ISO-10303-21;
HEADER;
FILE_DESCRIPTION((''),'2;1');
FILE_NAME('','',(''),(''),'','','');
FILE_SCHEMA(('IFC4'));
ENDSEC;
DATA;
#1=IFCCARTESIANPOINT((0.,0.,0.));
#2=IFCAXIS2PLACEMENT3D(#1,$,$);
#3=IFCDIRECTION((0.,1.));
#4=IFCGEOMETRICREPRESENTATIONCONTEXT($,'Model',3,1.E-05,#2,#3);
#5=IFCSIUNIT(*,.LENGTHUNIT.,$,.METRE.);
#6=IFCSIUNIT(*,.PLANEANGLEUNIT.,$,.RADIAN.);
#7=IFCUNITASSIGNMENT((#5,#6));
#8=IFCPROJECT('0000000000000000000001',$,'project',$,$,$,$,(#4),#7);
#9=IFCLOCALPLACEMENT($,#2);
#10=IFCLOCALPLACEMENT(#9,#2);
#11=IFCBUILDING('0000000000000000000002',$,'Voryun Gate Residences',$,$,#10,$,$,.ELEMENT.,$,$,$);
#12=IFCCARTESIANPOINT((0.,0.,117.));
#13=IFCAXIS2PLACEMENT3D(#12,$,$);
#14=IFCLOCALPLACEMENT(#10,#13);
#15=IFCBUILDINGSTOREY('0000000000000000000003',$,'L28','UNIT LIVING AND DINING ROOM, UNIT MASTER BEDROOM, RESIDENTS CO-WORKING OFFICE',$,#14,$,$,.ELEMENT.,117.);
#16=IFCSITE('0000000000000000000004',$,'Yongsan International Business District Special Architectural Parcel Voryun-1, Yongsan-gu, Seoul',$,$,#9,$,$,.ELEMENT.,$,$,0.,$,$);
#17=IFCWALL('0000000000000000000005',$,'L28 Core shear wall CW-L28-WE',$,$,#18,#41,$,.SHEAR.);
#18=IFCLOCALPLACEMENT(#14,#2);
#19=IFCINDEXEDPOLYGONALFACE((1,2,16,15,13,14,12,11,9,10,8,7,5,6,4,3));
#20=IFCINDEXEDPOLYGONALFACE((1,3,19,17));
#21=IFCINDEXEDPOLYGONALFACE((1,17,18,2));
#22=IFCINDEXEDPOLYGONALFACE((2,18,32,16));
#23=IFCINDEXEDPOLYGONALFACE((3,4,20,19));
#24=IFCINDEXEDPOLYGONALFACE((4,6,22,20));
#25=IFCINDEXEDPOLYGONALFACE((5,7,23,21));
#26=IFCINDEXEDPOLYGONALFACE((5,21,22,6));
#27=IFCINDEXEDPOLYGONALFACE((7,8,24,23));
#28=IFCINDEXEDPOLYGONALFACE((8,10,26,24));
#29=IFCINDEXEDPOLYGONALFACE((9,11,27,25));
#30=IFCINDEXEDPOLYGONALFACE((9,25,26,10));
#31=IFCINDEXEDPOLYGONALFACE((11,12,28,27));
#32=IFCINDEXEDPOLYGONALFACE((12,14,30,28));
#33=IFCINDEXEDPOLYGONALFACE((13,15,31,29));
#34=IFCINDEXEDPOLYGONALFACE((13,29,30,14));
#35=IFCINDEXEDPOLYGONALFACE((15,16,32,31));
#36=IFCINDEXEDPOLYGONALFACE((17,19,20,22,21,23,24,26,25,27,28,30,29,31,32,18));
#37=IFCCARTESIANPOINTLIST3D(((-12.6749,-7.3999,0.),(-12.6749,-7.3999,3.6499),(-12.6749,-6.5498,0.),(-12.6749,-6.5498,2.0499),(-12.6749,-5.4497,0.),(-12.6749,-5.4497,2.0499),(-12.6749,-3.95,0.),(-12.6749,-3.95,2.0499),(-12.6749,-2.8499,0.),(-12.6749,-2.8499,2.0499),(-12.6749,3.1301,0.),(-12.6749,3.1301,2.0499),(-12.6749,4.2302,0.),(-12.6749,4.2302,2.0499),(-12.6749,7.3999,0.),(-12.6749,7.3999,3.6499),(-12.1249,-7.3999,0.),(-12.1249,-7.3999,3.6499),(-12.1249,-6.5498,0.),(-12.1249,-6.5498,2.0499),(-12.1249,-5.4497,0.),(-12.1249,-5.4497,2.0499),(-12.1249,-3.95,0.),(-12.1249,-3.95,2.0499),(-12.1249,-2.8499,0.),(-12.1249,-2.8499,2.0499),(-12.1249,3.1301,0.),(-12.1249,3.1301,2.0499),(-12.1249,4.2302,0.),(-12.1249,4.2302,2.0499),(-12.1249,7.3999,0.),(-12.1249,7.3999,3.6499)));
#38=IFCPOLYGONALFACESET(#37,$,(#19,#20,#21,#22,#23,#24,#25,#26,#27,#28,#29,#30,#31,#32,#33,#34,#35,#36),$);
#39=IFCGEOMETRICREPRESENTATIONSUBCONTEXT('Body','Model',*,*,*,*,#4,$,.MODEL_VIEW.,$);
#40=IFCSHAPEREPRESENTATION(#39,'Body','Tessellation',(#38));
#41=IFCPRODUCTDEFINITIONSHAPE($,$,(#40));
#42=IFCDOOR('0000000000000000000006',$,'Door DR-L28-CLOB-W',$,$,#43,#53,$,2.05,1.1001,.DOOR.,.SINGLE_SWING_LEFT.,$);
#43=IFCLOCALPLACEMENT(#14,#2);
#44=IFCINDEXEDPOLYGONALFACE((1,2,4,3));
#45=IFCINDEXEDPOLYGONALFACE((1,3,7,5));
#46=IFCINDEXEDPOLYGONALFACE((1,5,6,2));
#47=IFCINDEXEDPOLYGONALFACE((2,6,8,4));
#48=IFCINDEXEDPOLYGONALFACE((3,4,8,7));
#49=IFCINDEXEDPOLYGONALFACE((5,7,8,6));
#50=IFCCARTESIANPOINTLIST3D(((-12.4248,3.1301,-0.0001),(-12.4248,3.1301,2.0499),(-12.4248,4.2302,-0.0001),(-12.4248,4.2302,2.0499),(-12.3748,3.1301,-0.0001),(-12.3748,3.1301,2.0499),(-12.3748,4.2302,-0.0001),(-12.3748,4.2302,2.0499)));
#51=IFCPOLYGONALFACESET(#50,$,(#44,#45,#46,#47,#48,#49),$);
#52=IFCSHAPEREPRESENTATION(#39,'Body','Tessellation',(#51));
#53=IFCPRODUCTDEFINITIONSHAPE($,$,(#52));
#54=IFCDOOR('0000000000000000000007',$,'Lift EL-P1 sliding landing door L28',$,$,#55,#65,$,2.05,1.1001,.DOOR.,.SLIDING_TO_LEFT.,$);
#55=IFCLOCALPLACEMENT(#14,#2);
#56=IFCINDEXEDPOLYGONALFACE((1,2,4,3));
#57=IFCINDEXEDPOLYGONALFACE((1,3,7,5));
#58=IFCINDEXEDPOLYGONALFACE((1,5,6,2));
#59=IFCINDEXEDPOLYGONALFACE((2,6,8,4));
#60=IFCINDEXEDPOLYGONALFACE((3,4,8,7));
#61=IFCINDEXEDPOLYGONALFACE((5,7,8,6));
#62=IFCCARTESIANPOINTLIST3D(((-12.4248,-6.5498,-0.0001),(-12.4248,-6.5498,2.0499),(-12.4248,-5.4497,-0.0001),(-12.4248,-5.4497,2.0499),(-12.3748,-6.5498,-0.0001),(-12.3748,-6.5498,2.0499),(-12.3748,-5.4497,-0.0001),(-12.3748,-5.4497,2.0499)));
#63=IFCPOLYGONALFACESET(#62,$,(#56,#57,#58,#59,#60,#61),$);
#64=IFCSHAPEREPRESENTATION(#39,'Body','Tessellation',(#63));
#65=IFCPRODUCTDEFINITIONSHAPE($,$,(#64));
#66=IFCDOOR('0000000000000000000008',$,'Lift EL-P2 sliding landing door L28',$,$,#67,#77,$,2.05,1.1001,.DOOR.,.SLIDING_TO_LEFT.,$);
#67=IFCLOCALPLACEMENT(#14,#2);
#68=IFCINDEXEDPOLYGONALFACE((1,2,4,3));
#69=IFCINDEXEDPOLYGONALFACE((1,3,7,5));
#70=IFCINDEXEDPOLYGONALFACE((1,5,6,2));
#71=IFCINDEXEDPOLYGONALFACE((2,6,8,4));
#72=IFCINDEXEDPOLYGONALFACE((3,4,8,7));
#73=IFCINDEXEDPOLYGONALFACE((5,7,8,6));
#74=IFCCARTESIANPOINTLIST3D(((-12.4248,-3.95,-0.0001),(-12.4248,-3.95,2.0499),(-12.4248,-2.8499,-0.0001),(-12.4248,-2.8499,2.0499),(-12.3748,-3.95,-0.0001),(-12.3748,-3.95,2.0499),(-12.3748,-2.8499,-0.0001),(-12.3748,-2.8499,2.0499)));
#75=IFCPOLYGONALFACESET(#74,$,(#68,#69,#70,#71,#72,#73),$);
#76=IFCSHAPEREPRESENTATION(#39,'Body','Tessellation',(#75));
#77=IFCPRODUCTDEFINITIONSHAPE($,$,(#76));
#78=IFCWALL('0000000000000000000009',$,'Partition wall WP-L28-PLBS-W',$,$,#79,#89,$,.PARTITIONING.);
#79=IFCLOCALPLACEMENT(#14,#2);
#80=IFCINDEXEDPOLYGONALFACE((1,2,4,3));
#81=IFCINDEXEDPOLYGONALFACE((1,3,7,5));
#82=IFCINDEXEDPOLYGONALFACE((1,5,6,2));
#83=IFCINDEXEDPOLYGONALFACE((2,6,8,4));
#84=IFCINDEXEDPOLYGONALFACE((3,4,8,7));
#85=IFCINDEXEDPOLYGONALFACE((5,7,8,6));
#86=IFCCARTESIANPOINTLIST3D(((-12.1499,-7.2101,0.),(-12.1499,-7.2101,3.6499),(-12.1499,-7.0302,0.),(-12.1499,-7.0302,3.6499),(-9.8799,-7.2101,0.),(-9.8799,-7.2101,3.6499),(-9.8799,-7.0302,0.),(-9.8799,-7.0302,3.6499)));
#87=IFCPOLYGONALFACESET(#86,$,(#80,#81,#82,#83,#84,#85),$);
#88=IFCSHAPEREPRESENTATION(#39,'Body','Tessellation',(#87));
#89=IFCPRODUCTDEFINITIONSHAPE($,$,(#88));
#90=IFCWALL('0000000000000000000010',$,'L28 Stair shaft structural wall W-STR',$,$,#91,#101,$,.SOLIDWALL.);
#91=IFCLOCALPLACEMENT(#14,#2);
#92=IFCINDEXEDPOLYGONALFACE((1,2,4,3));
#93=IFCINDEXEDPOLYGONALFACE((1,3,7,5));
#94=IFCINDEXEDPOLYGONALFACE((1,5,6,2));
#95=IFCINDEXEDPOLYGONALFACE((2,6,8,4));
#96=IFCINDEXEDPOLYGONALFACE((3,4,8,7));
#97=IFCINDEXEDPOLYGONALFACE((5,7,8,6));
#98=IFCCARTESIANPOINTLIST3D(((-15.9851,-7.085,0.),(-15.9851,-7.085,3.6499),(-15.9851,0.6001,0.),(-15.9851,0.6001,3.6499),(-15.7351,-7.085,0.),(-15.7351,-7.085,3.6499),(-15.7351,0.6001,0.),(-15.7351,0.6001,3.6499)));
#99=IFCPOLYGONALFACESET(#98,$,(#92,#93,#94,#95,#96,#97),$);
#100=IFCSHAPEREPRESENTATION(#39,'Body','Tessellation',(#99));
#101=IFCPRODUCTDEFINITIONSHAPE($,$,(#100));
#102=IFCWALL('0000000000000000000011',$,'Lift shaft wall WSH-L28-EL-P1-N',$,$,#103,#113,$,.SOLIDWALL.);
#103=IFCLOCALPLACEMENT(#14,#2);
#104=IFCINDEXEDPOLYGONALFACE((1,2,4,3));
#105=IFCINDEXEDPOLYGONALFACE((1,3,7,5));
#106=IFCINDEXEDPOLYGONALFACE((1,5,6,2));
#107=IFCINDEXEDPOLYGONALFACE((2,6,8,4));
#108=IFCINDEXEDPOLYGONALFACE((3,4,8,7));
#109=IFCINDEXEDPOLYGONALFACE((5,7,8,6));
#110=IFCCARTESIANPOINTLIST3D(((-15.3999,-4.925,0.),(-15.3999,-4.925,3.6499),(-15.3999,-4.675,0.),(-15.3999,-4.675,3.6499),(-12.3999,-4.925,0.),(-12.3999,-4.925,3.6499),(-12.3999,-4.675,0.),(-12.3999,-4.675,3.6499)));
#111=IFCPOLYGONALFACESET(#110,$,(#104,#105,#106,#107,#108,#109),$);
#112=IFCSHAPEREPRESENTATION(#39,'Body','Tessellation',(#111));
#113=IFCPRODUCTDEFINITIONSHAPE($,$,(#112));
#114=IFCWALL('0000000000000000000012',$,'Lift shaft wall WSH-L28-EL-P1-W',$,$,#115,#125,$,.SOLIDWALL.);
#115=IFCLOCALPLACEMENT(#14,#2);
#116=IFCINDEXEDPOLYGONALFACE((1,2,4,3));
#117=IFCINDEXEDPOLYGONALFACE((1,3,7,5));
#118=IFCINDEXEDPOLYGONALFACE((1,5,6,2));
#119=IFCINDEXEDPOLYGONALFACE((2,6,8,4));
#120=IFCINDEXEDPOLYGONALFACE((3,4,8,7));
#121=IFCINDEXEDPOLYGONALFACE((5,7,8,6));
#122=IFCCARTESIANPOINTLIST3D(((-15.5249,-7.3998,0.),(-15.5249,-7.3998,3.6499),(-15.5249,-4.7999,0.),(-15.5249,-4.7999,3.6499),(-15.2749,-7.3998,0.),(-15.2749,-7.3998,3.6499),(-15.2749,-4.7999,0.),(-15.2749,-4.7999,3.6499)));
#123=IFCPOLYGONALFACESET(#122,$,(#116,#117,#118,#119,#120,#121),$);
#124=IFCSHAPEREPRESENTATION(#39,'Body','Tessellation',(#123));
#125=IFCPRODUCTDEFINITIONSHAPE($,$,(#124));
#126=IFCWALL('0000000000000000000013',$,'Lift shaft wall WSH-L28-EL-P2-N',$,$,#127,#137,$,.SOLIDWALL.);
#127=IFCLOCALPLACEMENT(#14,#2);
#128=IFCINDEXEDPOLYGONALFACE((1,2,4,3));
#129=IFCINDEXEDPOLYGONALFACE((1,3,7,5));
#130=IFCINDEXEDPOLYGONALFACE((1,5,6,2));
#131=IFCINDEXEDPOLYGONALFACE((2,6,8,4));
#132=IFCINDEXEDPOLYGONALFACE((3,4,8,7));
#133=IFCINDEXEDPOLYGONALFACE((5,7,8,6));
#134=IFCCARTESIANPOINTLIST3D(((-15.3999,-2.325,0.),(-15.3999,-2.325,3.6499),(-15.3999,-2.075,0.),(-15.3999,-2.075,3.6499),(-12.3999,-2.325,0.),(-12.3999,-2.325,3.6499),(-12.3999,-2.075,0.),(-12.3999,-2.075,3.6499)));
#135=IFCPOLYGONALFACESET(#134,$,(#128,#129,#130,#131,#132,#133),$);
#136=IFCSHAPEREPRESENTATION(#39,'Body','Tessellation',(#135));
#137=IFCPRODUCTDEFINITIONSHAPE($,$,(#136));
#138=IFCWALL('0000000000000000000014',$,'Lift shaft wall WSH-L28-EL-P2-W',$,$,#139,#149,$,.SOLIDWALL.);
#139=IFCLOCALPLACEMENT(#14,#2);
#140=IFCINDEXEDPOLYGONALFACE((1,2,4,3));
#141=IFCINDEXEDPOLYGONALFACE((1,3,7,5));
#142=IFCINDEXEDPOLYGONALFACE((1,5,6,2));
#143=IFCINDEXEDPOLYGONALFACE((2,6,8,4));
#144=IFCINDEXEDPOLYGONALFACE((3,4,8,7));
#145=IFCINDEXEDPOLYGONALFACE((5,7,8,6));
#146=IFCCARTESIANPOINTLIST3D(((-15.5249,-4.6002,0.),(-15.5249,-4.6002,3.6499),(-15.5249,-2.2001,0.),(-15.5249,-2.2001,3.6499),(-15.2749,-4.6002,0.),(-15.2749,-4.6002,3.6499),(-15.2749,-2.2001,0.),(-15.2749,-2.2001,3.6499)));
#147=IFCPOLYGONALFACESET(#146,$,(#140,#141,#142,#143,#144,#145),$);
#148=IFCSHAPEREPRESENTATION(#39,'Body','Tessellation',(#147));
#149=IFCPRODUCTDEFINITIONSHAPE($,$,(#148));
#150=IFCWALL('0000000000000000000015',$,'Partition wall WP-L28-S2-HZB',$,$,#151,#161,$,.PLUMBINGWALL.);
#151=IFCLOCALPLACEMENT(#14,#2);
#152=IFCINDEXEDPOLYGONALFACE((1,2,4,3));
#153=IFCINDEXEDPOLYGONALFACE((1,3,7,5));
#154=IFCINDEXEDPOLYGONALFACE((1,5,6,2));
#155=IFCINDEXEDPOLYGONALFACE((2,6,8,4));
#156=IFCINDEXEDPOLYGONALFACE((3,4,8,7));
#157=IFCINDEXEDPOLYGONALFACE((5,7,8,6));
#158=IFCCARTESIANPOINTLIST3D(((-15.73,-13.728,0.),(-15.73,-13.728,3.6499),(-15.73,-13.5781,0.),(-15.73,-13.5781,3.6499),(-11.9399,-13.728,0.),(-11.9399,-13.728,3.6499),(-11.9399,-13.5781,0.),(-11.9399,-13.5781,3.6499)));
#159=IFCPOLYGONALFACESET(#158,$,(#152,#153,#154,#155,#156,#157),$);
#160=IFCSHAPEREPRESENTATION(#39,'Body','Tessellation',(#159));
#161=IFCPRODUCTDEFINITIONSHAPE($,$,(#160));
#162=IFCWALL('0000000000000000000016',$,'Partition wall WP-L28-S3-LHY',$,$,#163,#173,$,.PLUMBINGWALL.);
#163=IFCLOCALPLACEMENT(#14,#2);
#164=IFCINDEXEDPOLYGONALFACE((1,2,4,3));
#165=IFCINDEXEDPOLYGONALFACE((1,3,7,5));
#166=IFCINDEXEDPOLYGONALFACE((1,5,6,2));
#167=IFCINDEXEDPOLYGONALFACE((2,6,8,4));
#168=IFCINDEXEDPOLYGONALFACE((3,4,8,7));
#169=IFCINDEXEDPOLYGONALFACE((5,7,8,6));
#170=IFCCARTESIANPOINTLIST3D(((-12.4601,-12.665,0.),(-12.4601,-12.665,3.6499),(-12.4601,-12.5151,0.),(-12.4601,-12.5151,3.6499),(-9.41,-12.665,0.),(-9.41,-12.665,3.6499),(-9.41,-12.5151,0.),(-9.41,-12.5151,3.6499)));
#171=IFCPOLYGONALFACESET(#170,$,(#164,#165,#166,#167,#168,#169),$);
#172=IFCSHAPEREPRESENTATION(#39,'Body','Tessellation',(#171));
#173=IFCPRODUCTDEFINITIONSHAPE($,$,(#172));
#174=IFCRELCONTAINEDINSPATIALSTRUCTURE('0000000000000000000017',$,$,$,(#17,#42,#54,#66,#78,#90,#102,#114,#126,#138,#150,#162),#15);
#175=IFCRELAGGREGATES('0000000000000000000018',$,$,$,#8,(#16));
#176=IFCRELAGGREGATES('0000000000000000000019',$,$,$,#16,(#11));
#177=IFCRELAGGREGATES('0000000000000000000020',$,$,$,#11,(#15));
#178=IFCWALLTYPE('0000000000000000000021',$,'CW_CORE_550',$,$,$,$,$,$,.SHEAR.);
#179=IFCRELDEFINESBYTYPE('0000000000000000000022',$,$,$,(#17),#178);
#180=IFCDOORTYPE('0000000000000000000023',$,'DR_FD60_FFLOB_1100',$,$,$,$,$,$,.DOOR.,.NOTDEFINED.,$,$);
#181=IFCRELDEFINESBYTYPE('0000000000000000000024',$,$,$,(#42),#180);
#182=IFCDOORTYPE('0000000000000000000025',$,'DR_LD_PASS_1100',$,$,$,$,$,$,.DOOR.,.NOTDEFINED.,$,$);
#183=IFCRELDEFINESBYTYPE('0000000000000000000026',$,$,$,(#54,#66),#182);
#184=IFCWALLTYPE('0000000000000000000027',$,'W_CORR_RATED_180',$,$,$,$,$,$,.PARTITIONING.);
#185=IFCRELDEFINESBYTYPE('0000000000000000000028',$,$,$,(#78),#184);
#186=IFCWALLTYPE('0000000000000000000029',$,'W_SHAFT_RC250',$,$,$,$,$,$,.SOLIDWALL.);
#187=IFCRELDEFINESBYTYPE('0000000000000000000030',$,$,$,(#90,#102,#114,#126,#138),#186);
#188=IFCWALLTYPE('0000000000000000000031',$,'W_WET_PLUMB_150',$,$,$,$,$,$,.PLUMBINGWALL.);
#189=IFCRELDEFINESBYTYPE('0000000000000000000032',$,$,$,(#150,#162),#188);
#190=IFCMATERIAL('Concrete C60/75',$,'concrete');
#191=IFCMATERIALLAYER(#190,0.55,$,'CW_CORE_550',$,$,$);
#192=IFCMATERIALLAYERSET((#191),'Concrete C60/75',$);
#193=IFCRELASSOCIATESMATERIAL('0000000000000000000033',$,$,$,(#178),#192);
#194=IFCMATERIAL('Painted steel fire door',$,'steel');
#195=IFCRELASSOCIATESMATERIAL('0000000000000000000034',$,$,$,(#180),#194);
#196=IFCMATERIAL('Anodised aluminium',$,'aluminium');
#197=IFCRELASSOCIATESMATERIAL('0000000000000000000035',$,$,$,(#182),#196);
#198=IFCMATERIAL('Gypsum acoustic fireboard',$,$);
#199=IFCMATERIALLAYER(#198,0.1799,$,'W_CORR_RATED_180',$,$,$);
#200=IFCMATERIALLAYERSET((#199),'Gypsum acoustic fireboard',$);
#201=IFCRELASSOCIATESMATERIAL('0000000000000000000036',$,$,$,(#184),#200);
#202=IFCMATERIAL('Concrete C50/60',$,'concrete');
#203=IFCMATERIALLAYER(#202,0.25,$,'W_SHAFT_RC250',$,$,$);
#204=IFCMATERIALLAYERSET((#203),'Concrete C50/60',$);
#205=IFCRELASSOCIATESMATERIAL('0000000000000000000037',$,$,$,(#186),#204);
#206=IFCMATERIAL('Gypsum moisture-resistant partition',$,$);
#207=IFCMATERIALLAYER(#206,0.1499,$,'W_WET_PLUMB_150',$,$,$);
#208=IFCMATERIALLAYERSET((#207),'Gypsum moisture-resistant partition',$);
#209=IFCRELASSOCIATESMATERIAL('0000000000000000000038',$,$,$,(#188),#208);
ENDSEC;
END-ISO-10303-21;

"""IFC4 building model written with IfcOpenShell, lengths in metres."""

from ifc_helpers import new_model, si_unit, direction, frame, frame_2d, origin, place, context, subcontext, project, spatial, rectangle, extrude, material, layer, layer_set, type_object, element, fill, save


model = new_model("IFC4")

# Units and contexts
model_context = context("Model", 3, precision=1e-05, world=origin(), true_north=direction((0.0, 1.0)))
body_context = subcontext(model_context, "Body", "Model", "MODEL_VIEW")
ifc_project = project(units=[si_unit("LENGTHUNIT", "METRE"), si_unit("PLANEANGLEUNIT", "RADIAN")], contexts=[model_context])

# Site, building, storey
site_placement = place(None, origin())
site = spatial("IfcSite", under=ifc_project, at=site_placement, Name="Yongsan International Business District Special Architectural Parcel Voryun-1, Yongsan-gu, Seoul", CompositionType="ELEMENT", RefElevation=0.0)
building_placement = place(site_placement, origin())
building = spatial("IfcBuilding", under=site, at=building_placement, Name="Voryun Gate Residences", CompositionType="ELEMENT")
storey_placement = place(building_placement, frame((0.0, 0.0, 117.0)))
storey = spatial("IfcBuildingStorey", under=building, at=storey_placement, Name="L28", Description="UNIT LIVING AND DINING ROOM, UNIT MASTER BEDROOM, RESIDENTS CO-WORKING OFFICE", CompositionType="ELEMENT", Elevation=117.0)

# Wall, openings, doors
ifc_material_1 = material(Name="Concrete C60/75", Category="concrete")
ifc_layer_1 = layer(ifc_material_1, 0.55, Name="CW_CORE_550")
ifc_layer_set_1 = layer_set([ifc_layer_1], Name="Concrete C60/75")
wall_type_1 = type_object("IfcWallType", Name="CW_CORE_550", PredefinedType="SHEAR", material=ifc_layer_set_1)
wall_1_placement = place(storey_placement, frame((-12.3999, -7.3999, 0.0), z_axis=(0.0, 0.0, 1.0), x_axis=(0.0, 1.0, 0.0)))
wall_1 = element("IfcWall", 1, at=wall_1_placement, inside=storey, type_object=wall_type_1, Name="L28 Core shear wall CW-L28-WE", PredefinedType="SHEAR", context=body_context, shape_type="SweptSolid", body=[
    extrude(rectangle(XDim=14.7998, YDim=0.55, at=frame_2d((7.3999, 0.0))), origin(), (0.0, 0.0, 1.0), 3.6499),
])
opening_1_placement = place(wall_1_placement, frame((0.8501, 0.0, 0.0)))
opening_1 = element("IfcOpeningElement", 2, at=opening_1_placement, cuts=wall_1, PredefinedType="OPENING", context=body_context, shape_type="SweptSolid", body=[
    extrude(rectangle(XDim=1.1001, YDim=2.05, at=frame_2d((0.55, 1.0249))), frame((0.0, 0.2849, 0.0), z_axis=(0.0, -1.0, 0.0), x_axis=(1.0, 0.0, 0.0)), (0.0, 0.0, 1.0), 0.5701),
])
opening_2_placement = place(wall_1_placement, frame((3.45, 0.0, 0.0)))
opening_2 = element("IfcOpeningElement", 3, at=opening_2_placement, cuts=wall_1, PredefinedType="OPENING", context=body_context, shape_type="SweptSolid", body=[
    extrude(rectangle(XDim=1.1001, YDim=2.05, at=frame_2d((0.55, 1.0249))), frame((0.0, 0.2849, 0.0), z_axis=(0.0, -1.0, 0.0), x_axis=(1.0, 0.0, 0.0)), (0.0, 0.0, 1.0), 0.5701),
])
opening_3_placement = place(wall_1_placement, frame((10.53, 0.0, 0.0)))
opening_3 = element("IfcOpeningElement", 4, at=opening_3_placement, cuts=wall_1, PredefinedType="OPENING", context=body_context, shape_type="SweptSolid", body=[
    extrude(rectangle(XDim=1.1001, YDim=2.05, at=frame_2d((0.55, 1.0249))), frame((0.0, 0.2849, 0.0), z_axis=(0.0, -1.0, 0.0), x_axis=(1.0, 0.0, 0.0)), (0.0, 0.0, 1.0), 0.5701),
])
ifc_material_2 = material(Name="Painted steel fire door", Category="steel")
door_type_1 = type_object("IfcDoorType", Name="DR_FD60_FFLOB_1100", OperationType="NOTDEFINED", PredefinedType="DOOR", material=ifc_material_2)
door_1_placement = place(opening_3_placement, origin())
door_1 = element("IfcDoor", 5, at=door_1_placement, inside=storey, type_object=door_type_1, Name="Door DR-L28-CLOB-W", OperationType="SINGLE_SWING_LEFT", OverallHeight=2.05, OverallWidth=1.1001, PredefinedType="DOOR", context=body_context, shape_type="SweptSolid", body=[
    extrude(rectangle(XDim=1.1001, YDim=2.05, at=frame_2d((0.55, 1.0249))), frame((0.0, 0.0249, 0.0), z_axis=(0.0, -1.0, 0.0), x_axis=(1.0, 0.0, 0.0)), (0.0, 0.0, 1.0), 0.05),
])
fill(opening_3, door_1)
ifc_material_3 = material(Name="Anodised aluminium", Category="aluminium")
door_type_2 = type_object("IfcDoorType", Name="DR_LD_PASS_1100", OperationType="NOTDEFINED", PredefinedType="DOOR", material=ifc_material_3)
door_2_placement = place(opening_1_placement, origin())
door_2 = element("IfcDoor", 6, at=door_2_placement, inside=storey, type_object=door_type_2, Name="Lift EL-P1 sliding landing door L28", OperationType="SLIDING_TO_LEFT", OverallHeight=2.05, OverallWidth=1.1001, PredefinedType="DOOR", context=body_context, shape_type="SweptSolid", body=[
    extrude(rectangle(XDim=1.1001, YDim=2.05, at=frame_2d((0.55, 1.0249))), frame((0.0, 0.0249, 0.0), z_axis=(0.0, -1.0, 0.0), x_axis=(1.0, 0.0, 0.0)), (0.0, 0.0, 1.0), 0.05),
])
fill(opening_1, door_2)
door_3_placement = place(opening_2_placement, origin())
door_3 = element("IfcDoor", 7, at=door_3_placement, inside=storey, type_object=door_type_2, Name="Lift EL-P2 sliding landing door L28", OperationType="SLIDING_TO_LEFT", OverallHeight=2.05, OverallWidth=1.1001, PredefinedType="DOOR", context=body_context, shape_type="SweptSolid", body=[
    extrude(rectangle(XDim=1.1001, YDim=2.05, at=frame_2d((0.55, 1.0249))), frame((0.0, 0.0249, 0.0), z_axis=(0.0, -1.0, 0.0), x_axis=(1.0, 0.0, 0.0)), (0.0, 0.0, 1.0), 0.05),
])
fill(opening_2, door_3)

# Walls
ifc_material_4 = material(Name="Gypsum acoustic fireboard")
ifc_layer_2 = layer(ifc_material_4, 0.1799, Name="W_CORR_RATED_180")
ifc_layer_set_2 = layer_set([ifc_layer_2], Name="Gypsum acoustic fireboard")
wall_type_2 = type_object("IfcWallType", Name="W_CORR_RATED_180", PredefinedType="PARTITIONING", material=ifc_layer_set_2)
wall_2_placement = place(storey_placement, frame((-12.1499, -7.1201, 0.0), z_axis=(0.0, 0.0, 1.0), x_axis=(1.0, 0.0, 0.0)))
element("IfcWall", 8, at=wall_2_placement, inside=storey, type_object=wall_type_2, Name="Partition wall WP-L28-PLBS-W", PredefinedType="PARTITIONING", context=body_context, shape_type="SweptSolid", body=[
    extrude(rectangle(XDim=2.27, YDim=0.1799, at=frame_2d((1.135, 0.0))), origin(), (0.0, 0.0, 1.0), 3.6499),
])
ifc_material_5 = material(Name="Concrete C50/60", Category="concrete")
ifc_layer_3 = layer(ifc_material_5, 0.25, Name="W_SHAFT_RC250")
ifc_layer_set_3 = layer_set([ifc_layer_3], Name="Concrete C50/60")
wall_type_3 = type_object("IfcWallType", Name="W_SHAFT_RC250", PredefinedType="SOLIDWALL", material=ifc_layer_set_3)
wall_3_placement = place(storey_placement, frame((-15.8601, -7.085, 0.0), z_axis=(0.0, 0.0, 1.0), x_axis=(0.0, 1.0, 0.0)))
element("IfcWall", 9, at=wall_3_placement, inside=storey, type_object=wall_type_3, Name="L28 Stair shaft structural wall W-STR", PredefinedType="SOLIDWALL", context=body_context, shape_type="SweptSolid", body=[
    extrude(rectangle(XDim=7.6851, YDim=0.25, at=frame_2d((3.8425, 0.0))), origin(), (0.0, 0.0, 1.0), 3.6499),
])
wall_4_placement = place(storey_placement, frame((-12.3999, -4.8, 0.0), z_axis=(0.0, 0.0, 1.0), x_axis=(-1.0, 0.0, 0.0)))
element("IfcWall", 10, at=wall_4_placement, inside=storey, type_object=wall_type_3, Name="Lift shaft wall WSH-L28-EL-P1-N", PredefinedType="SOLIDWALL", context=body_context, shape_type="SweptSolid", body=[
    extrude(rectangle(XDim=3.0, YDim=0.25, at=frame_2d((1.5, 0.0))), origin(), (0.0, 0.0, 1.0), 3.6499),
])
wall_5_placement = place(storey_placement, frame((-15.3999, -4.8, 0.0), z_axis=(0.0, 0.0, 1.0), x_axis=(0.0, -1.0, 0.0)))
element("IfcWall", 11, at=wall_5_placement, inside=storey, type_object=wall_type_3, Name="Lift shaft wall WSH-L28-EL-P1-W", PredefinedType="SOLIDWALL", context=body_context, shape_type="SweptSolid", body=[
    extrude(rectangle(XDim=2.5999, YDim=0.25, at=frame_2d((1.2998, 0.0))), origin(), (0.0, 0.0, 1.0), 3.6499),
])
wall_6_placement = place(storey_placement, frame((-12.3999, -2.2, 0.0), z_axis=(0.0, 0.0, 1.0), x_axis=(-1.0, 0.0, 0.0)))
element("IfcWall", 12, at=wall_6_placement, inside=storey, type_object=wall_type_3, Name="Lift shaft wall WSH-L28-EL-P2-N", PredefinedType="SOLIDWALL", context=body_context, shape_type="SweptSolid", body=[
    extrude(rectangle(XDim=3.0, YDim=0.25, at=frame_2d((1.5, 0.0))), origin(), (0.0, 0.0, 1.0), 3.6499),
])
wall_7_placement = place(storey_placement, frame((-15.3999, -2.2, 0.0), z_axis=(0.0, 0.0, 1.0), x_axis=(0.0, -1.0, 0.0)))
element("IfcWall", 13, at=wall_7_placement, inside=storey, type_object=wall_type_3, Name="Lift shaft wall WSH-L28-EL-P2-W", PredefinedType="SOLIDWALL", context=body_context, shape_type="SweptSolid", body=[
    extrude(rectangle(XDim=2.4001, YDim=0.25, at=frame_2d((1.2002, 0.0))), origin(), (0.0, 0.0, 1.0), 3.6499),
])
ifc_material_6 = material(Name="Gypsum moisture-resistant partition")
ifc_layer_4 = layer(ifc_material_6, 0.1499, Name="W_WET_PLUMB_150")
ifc_layer_set_4 = layer_set([ifc_layer_4], Name="Gypsum moisture-resistant partition")
wall_type_4 = type_object("IfcWallType", Name="W_WET_PLUMB_150", PredefinedType="PLUMBINGWALL", material=ifc_layer_set_4)
wall_8_placement = place(storey_placement, frame((-15.73, -13.6531, 0.0), z_axis=(0.0, 0.0, 1.0), x_axis=(1.0, 0.0, 0.0)))
element("IfcWall", 14, at=wall_8_placement, inside=storey, type_object=wall_type_4, Name="Partition wall WP-L28-S2-HZB", PredefinedType="PLUMBINGWALL", context=body_context, shape_type="SweptSolid", body=[
    extrude(rectangle(XDim=3.79, YDim=0.1499, at=frame_2d((1.895, 0.0))), origin(), (0.0, 0.0, 1.0), 3.6499),
])
wall_9_placement = place(storey_placement, frame((-12.46, -12.5901, 0.0), z_axis=(0.0, 0.0, 1.0), x_axis=(1.0, 0.0, 0.0)))
element("IfcWall", 15, at=wall_9_placement, inside=storey, type_object=wall_type_4, Name="Partition wall WP-L28-S3-LHY", PredefinedType="PLUMBINGWALL", context=body_context, shape_type="SweptSolid", body=[
    extrude(rectangle(XDim=3.05, YDim=0.1499, at=frame_2d((1.5249, 0.0))), origin(), (0.0, 0.0, 1.0), 3.6499),
])

save(model, "model.ifc")
